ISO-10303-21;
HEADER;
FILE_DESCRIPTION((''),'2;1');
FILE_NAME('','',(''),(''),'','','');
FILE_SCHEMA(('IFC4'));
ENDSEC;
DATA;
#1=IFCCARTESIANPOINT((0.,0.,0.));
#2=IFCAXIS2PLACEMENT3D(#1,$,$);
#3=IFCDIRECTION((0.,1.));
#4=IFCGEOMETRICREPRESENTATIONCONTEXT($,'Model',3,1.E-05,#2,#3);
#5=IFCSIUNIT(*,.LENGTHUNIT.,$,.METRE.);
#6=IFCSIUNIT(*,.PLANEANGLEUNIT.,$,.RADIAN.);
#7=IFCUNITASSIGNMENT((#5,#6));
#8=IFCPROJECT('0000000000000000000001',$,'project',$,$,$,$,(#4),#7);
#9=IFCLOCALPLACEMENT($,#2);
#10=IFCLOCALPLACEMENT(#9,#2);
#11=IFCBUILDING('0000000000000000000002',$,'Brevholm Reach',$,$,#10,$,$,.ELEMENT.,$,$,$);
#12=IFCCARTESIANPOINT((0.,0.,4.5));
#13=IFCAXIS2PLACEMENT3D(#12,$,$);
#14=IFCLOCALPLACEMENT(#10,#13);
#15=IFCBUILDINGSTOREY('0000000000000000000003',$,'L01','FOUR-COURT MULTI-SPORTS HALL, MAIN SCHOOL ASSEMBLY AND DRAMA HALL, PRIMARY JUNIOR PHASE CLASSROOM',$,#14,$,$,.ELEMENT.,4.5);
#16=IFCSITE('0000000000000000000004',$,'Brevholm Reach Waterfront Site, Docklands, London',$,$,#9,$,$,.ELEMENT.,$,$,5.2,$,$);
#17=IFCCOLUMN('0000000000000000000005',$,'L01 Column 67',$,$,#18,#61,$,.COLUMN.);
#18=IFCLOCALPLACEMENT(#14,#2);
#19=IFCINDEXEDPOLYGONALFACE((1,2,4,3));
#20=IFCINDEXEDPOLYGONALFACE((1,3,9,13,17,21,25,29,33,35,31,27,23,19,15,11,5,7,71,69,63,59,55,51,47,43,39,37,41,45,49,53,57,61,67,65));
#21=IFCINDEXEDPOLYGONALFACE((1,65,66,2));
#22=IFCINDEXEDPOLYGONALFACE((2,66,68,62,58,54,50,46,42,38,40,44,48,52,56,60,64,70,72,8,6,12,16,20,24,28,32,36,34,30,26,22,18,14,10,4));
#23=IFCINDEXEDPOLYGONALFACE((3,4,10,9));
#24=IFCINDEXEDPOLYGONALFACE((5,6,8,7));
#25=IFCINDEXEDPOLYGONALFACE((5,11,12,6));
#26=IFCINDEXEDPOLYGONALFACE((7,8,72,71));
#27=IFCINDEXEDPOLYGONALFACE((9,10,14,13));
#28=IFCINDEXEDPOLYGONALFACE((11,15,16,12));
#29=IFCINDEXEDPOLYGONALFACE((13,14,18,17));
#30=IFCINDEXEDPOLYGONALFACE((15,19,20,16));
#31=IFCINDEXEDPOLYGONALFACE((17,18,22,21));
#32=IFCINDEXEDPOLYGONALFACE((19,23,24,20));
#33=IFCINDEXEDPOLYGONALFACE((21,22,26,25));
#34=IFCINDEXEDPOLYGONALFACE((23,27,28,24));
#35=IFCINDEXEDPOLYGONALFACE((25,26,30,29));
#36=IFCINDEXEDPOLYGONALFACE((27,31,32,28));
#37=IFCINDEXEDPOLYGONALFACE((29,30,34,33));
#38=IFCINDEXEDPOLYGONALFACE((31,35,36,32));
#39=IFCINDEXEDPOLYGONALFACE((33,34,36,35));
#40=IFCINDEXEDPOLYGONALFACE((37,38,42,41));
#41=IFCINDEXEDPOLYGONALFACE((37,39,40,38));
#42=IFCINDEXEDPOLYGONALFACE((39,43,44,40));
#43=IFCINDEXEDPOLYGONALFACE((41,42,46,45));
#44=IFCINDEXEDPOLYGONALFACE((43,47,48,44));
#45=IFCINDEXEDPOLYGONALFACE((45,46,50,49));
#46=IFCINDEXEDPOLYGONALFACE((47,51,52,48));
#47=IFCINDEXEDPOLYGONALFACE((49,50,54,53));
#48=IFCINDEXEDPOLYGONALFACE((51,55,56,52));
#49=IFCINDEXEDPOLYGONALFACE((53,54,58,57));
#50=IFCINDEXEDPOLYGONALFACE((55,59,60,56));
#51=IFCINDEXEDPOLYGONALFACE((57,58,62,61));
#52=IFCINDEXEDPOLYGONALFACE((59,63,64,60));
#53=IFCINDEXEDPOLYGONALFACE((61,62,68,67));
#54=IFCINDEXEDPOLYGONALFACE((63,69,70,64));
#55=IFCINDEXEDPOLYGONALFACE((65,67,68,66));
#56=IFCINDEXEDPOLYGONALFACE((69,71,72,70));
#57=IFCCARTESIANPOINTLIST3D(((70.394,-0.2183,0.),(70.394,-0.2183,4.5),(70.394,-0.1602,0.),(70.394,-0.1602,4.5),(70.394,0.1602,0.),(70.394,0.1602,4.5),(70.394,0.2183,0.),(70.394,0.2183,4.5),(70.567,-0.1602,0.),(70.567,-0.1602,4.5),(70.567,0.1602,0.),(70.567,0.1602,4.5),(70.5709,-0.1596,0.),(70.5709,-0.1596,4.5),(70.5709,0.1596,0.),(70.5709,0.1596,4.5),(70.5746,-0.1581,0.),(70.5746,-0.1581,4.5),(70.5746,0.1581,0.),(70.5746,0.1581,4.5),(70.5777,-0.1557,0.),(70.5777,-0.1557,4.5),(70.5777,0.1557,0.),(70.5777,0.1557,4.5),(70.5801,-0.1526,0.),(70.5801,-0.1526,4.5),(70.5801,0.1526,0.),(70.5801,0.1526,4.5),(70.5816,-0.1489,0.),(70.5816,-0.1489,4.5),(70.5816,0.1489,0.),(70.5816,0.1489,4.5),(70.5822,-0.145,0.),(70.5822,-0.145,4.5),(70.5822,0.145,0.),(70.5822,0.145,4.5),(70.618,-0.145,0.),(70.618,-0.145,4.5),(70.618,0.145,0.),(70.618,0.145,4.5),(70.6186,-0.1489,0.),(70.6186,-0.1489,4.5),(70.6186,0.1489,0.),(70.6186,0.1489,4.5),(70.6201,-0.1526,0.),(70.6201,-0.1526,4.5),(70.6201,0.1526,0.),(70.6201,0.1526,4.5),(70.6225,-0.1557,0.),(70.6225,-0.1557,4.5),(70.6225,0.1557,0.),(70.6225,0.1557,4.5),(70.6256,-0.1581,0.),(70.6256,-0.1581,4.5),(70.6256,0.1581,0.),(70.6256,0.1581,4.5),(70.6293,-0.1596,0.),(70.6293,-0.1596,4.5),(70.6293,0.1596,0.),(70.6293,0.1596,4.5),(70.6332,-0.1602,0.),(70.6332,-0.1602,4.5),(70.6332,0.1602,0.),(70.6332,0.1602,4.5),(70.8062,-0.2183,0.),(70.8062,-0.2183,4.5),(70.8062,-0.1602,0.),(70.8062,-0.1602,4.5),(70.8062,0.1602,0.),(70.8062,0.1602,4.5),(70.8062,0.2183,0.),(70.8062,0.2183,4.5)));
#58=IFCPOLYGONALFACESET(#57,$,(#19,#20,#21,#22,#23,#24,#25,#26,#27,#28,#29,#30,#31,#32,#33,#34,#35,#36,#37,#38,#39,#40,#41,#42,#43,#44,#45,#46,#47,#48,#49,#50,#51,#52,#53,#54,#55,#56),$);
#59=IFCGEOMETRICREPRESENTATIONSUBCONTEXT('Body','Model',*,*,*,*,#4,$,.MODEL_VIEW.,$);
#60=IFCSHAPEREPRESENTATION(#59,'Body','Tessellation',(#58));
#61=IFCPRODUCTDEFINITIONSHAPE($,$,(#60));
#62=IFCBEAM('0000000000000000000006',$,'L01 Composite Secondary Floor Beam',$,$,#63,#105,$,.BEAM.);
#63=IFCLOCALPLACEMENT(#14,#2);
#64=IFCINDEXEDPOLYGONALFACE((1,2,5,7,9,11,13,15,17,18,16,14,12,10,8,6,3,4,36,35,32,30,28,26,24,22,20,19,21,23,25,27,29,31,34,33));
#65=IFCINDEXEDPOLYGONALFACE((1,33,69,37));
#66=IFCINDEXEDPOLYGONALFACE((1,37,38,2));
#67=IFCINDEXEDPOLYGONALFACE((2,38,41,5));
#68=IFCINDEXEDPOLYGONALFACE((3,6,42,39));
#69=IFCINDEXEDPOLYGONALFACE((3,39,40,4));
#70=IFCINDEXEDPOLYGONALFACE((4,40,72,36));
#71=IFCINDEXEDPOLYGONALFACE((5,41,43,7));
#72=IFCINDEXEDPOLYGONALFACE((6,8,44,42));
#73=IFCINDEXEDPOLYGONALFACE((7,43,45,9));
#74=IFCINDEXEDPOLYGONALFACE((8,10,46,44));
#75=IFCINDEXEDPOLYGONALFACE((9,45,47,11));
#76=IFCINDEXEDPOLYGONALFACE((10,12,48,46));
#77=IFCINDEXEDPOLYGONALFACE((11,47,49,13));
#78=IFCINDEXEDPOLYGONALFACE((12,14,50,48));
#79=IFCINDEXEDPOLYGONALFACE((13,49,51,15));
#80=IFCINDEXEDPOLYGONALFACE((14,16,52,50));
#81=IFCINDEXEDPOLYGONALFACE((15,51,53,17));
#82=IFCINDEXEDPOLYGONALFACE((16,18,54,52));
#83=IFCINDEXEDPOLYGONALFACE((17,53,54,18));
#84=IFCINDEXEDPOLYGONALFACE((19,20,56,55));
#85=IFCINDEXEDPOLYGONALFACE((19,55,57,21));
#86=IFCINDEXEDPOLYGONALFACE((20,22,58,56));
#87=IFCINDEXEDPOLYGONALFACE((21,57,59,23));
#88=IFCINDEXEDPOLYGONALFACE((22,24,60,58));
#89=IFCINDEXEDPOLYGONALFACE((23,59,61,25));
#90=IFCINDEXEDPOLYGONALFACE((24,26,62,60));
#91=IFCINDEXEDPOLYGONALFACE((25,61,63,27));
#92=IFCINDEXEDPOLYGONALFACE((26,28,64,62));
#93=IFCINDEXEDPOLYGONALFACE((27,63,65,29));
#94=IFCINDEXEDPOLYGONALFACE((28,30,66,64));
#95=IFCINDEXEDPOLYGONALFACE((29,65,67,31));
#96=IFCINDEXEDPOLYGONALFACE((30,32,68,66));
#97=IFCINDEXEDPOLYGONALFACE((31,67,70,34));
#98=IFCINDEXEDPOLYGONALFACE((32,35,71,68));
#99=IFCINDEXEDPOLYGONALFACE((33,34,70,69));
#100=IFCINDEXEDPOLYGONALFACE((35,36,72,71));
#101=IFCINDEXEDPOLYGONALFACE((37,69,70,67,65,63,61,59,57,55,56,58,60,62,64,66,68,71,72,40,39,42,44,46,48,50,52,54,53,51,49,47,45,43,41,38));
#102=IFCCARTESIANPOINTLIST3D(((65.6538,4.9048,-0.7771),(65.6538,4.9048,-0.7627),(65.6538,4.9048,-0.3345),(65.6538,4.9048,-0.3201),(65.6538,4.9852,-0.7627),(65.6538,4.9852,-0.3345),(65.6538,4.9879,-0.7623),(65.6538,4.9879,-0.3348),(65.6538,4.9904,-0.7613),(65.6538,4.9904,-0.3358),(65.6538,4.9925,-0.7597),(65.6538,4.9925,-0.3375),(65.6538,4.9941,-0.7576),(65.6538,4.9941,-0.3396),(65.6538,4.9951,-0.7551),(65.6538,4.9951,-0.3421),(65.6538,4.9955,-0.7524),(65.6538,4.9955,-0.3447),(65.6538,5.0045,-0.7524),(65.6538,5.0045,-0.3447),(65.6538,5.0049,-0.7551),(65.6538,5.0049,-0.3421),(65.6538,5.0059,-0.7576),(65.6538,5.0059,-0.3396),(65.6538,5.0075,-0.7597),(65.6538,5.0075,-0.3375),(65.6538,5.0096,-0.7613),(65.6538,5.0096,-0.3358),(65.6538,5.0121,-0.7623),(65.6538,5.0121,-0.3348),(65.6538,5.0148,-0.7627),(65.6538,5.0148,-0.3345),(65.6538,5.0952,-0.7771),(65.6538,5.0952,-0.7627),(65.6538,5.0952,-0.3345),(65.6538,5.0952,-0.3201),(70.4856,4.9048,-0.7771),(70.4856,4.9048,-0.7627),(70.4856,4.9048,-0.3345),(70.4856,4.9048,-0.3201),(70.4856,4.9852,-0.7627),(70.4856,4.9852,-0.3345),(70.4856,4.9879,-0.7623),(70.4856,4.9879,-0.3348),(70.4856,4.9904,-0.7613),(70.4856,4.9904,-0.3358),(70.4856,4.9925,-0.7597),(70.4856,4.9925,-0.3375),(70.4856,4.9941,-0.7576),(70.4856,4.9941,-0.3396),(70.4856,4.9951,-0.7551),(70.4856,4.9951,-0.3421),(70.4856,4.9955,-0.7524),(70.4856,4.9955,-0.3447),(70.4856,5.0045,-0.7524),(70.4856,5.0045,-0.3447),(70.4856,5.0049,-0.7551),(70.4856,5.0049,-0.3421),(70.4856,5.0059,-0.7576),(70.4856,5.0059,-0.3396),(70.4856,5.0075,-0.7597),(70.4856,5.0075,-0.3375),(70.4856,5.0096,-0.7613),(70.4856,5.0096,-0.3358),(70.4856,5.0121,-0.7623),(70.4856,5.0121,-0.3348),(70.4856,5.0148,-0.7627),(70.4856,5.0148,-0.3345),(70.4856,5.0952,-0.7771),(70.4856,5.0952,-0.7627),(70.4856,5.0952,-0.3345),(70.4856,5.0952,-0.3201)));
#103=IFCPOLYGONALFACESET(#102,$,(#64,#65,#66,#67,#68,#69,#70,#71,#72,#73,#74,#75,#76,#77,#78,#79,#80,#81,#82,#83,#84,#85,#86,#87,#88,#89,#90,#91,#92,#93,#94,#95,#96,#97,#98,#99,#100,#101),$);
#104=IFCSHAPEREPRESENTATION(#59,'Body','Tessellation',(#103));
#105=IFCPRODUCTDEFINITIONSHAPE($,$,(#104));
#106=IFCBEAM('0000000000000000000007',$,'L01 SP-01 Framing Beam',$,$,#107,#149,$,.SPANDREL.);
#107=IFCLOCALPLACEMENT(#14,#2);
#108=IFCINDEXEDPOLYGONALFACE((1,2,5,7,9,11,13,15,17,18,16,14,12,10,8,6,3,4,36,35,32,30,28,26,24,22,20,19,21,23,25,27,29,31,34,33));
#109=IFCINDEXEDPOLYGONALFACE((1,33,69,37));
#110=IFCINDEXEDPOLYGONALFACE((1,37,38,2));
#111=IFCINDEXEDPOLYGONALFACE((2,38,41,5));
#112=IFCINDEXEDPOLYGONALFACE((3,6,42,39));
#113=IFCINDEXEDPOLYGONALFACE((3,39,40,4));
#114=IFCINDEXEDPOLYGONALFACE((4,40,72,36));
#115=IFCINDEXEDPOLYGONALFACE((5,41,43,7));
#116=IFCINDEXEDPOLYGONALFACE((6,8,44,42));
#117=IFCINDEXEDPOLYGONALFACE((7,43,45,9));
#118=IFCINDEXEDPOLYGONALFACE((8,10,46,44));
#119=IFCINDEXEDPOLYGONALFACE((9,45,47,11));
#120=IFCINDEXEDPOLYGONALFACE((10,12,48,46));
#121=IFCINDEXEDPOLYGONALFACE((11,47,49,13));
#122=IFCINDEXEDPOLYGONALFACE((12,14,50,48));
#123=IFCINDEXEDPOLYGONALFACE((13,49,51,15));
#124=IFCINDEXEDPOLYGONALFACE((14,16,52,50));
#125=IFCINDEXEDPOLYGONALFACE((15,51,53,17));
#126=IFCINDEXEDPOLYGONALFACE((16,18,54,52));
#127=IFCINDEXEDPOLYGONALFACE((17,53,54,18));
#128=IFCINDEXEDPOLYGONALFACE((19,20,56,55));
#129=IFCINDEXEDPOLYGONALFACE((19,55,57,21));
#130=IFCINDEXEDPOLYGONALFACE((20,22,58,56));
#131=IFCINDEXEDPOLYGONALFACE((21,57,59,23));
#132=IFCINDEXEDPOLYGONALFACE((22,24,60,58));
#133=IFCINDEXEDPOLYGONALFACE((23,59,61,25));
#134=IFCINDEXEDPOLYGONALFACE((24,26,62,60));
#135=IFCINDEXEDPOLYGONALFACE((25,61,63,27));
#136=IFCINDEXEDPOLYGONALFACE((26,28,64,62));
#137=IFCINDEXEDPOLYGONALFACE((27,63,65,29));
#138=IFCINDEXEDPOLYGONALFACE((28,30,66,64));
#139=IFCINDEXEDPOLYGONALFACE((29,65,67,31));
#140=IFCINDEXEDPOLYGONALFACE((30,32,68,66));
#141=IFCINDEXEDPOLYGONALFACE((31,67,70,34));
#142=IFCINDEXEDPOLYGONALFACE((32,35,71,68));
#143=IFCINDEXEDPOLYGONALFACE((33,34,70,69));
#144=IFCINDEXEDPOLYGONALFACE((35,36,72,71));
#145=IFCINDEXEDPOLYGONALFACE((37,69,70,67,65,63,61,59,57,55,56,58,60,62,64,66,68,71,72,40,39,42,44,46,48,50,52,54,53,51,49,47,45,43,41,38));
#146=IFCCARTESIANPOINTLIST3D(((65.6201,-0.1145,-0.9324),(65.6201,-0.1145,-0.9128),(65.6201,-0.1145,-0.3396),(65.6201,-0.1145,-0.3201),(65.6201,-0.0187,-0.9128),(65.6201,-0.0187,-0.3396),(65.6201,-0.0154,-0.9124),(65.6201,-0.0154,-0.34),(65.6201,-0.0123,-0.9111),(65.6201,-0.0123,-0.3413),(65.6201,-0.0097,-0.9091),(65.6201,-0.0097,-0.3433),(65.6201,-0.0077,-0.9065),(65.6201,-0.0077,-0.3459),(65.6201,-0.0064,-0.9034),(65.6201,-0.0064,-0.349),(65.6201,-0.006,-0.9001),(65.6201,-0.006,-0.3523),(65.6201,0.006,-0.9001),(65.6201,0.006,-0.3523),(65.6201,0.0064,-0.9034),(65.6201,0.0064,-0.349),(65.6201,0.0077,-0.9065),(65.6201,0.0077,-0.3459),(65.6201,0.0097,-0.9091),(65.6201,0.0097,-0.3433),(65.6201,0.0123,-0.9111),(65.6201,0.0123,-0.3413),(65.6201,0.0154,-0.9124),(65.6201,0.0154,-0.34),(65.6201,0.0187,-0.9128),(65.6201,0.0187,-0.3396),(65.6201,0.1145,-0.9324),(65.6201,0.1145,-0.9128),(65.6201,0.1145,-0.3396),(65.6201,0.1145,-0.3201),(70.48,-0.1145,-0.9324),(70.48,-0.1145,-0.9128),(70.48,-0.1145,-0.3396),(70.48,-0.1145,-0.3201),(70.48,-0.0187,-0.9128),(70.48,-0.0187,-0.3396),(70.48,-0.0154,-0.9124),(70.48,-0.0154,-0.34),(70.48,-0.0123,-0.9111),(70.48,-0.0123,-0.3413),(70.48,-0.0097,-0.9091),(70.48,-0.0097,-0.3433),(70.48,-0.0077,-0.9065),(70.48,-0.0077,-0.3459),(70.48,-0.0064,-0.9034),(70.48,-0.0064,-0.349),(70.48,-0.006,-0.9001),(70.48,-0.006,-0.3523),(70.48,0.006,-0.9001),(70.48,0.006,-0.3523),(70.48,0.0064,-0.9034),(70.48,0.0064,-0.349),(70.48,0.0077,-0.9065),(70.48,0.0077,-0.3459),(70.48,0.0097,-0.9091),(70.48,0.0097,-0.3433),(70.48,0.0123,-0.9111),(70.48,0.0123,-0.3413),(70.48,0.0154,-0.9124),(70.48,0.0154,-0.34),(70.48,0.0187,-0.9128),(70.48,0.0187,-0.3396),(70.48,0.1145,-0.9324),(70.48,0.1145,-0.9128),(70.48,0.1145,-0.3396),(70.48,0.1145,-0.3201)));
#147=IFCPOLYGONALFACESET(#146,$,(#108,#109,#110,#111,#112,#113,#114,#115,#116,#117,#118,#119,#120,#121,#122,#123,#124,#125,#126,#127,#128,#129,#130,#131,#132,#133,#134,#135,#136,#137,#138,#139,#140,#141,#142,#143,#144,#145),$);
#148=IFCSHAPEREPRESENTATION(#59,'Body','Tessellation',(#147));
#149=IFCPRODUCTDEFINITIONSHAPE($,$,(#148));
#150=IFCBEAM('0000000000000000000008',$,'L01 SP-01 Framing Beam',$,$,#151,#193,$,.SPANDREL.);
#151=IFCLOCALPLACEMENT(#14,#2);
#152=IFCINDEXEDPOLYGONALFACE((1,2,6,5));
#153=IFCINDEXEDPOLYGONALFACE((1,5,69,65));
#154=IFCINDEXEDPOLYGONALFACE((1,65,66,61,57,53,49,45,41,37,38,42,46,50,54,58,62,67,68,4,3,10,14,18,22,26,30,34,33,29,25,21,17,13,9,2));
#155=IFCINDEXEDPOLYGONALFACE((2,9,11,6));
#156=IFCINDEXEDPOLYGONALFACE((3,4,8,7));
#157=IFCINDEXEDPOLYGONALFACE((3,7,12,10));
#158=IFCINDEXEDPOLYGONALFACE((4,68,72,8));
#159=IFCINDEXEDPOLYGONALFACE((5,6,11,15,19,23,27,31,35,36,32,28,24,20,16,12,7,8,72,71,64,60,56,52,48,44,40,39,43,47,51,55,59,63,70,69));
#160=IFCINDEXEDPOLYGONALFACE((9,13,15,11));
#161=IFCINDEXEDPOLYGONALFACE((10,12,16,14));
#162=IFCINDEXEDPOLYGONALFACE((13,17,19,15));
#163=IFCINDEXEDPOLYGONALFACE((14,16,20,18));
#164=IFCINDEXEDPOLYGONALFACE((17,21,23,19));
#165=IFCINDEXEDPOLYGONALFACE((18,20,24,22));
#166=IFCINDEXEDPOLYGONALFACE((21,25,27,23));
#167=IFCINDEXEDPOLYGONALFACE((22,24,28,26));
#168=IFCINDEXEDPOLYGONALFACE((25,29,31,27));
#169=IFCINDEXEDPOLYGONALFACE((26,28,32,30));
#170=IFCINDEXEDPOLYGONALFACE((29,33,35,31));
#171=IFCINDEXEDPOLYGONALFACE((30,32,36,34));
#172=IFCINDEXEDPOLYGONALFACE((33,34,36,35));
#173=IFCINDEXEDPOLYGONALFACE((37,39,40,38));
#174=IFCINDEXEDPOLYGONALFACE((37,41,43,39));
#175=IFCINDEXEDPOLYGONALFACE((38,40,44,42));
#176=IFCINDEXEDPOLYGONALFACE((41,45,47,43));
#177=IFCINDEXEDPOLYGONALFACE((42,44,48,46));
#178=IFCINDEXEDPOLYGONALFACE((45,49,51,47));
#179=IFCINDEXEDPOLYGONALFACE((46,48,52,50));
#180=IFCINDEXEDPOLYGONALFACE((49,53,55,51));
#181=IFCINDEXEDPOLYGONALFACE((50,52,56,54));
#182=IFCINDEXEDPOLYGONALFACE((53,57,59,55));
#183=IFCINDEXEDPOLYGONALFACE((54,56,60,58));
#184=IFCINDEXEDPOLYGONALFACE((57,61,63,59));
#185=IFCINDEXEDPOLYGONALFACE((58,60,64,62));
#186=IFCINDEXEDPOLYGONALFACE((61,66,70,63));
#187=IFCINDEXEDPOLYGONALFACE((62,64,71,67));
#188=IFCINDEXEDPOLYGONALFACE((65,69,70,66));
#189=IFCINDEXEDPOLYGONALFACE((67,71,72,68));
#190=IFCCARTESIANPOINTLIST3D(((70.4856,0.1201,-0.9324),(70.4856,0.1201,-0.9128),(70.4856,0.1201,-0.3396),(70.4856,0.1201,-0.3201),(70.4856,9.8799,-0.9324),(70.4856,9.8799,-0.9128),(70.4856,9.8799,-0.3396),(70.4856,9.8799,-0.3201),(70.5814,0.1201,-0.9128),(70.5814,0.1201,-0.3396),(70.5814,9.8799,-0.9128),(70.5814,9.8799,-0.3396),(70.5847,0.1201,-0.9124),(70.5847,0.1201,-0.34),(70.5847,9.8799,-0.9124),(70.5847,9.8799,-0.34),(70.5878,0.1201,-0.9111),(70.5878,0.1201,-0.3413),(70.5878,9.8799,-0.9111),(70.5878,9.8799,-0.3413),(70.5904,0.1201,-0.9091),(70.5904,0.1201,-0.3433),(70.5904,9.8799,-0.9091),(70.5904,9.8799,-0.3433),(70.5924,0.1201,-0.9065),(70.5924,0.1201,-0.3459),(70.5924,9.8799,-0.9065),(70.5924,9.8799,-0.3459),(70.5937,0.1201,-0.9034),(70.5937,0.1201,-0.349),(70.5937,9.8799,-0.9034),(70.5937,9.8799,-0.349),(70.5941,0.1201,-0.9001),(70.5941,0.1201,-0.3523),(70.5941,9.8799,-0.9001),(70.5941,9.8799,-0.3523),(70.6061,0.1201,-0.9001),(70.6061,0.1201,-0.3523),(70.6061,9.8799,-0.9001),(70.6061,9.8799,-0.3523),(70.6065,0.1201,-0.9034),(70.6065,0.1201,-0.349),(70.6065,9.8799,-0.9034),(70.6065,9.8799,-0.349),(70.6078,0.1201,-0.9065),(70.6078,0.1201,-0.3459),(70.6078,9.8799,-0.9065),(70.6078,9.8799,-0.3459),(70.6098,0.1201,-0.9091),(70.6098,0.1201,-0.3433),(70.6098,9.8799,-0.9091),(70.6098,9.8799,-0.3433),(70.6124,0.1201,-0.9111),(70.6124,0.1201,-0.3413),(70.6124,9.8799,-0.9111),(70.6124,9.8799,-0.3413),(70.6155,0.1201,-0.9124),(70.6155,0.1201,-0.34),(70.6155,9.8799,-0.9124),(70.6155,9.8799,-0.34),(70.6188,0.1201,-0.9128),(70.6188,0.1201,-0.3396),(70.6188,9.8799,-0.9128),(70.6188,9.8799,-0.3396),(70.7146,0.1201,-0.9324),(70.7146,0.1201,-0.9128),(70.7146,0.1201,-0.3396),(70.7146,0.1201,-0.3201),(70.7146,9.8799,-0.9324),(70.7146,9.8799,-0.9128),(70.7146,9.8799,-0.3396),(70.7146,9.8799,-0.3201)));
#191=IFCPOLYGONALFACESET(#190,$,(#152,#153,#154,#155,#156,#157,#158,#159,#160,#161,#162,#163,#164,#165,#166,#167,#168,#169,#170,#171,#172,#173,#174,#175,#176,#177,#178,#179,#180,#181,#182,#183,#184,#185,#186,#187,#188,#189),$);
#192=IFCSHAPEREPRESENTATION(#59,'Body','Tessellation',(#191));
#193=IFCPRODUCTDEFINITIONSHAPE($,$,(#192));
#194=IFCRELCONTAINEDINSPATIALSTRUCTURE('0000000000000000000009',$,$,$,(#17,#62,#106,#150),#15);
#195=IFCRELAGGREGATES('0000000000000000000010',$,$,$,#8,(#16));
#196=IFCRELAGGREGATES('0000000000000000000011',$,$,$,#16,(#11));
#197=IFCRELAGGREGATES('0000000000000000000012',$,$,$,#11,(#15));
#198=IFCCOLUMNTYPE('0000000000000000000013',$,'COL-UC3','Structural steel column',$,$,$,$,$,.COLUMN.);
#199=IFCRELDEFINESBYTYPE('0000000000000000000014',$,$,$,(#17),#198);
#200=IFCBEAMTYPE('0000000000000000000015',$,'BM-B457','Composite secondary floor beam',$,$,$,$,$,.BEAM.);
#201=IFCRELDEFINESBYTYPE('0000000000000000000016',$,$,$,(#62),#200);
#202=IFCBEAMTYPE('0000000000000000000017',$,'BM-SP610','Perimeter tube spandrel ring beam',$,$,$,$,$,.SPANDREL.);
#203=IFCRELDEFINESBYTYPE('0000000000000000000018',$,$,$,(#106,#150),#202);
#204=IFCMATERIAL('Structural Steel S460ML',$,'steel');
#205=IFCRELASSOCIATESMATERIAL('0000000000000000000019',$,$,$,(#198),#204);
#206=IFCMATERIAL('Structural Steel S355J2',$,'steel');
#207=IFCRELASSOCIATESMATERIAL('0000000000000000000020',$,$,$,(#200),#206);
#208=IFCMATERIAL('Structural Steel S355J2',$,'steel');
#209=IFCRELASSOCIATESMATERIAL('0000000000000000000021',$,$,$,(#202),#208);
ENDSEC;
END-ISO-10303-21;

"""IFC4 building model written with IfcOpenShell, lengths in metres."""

from ifc_helpers import new_model, si_unit, direction, frame, origin, origin_2d, place, context, subcontext, project, spatial, i_section, extrude, material, material_profile, profile_set, type_object, element, save


model = new_model("IFC4")

# Units and contexts
model_context = context("Model", 3, precision=1e-05, world=origin(), true_north=direction((0.0, 1.0)))
body_context = subcontext(model_context, "Body", "Model", "MODEL_VIEW")
ifc_project = project(units=[si_unit("LENGTHUNIT", "METRE"), si_unit("PLANEANGLEUNIT", "RADIAN")], contexts=[model_context])

# Site, building, storey
site_placement = place(None, origin())
site = spatial("IfcSite", under=ifc_project, at=site_placement, Name="Brevholm Reach Waterfront Site, Docklands, London", CompositionType="ELEMENT", RefElevation=5.2)
building_placement = place(site_placement, origin())
building = spatial("IfcBuilding", under=site, at=building_placement, Name="Brevholm Reach", CompositionType="ELEMENT")
storey_placement = place(building_placement, frame((0.0, 0.0, 4.5)))
storey = spatial("IfcBuildingStorey", under=building, at=storey_placement, Name="L01", Description="FOUR-COURT MULTI-SPORTS HALL, MAIN SCHOOL ASSEMBLY AND DRAMA HALL, PRIMARY JUNIOR PHASE CLASSROOM", CompositionType="ELEMENT", Elevation=4.5)

# Column
ifc_material_1 = material(Name="Structural Steel S460ML", Category="steel")
ifc_material_profile_1 = material_profile(ifc_material_1, i_section(OverallWidth=0.4121, OverallDepth=0.4365, WebThickness=0.0359, FlangeThickness=0.0581, FilletRadius=0.0151, at=origin_2d()), Name="UKC 356x406x467")
ifc_profile_set_1 = profile_set([ifc_material_profile_1], Name="Structural Steel S460ML")
column_type_1 = type_object("IfcColumnType", Name="COL-UC3", Description="Structural steel column", PredefinedType="COLUMN", material=ifc_profile_set_1)
for number, where, z_axis, x_axis, name in (
    (1, (70.6001, 0.0, 0.0), (0.0, 0.0, 1.0), (1.0, 0.0, 0.0), "L01 Column 67"),
):
    element("IfcColumn", number, at=place(storey_placement, frame(where, z_axis=z_axis, x_axis=x_axis)), inside=storey, type_object=column_type_1, Name=name, PredefinedType="COLUMN", context=body_context, shape_type="SweptSolid", body=[
        extrude(i_section(OverallWidth=0.4121, OverallDepth=0.4365, WebThickness=0.0359, FlangeThickness=0.0581, FilletRadius=0.0151, at=origin_2d()), origin(), (0.0, 0.0, 1.0), 4.5),
    ])

# Beams
ifc_material_2 = material(Name="Structural Steel S355J2", Category="steel")
ifc_material_profile_2 = material_profile(ifc_material_2, i_section(OverallWidth=0.1904, OverallDepth=0.457, WebThickness=0.009, FlangeThickness=0.0144, FilletRadius=0.0103, at=origin_2d()), Name="UKB 457x191x74")
ifc_profile_set_2 = profile_set([ifc_material_profile_2], Name="Structural Steel S355J2")
beam_type_1 = type_object("IfcBeamType", Name="BM-B457", Description="Composite secondary floor beam", PredefinedType="BEAM", material=ifc_profile_set_2)
beam_1_placement = place(storey_placement, frame((65.6538, 5.0, -0.5486), z_axis=(1.0, 0.0, 0.0), x_axis=(0.0, 1.0, 0.0)))
element("IfcBeam", 2, at=beam_1_placement, inside=storey, type_object=beam_type_1, Name="L01 Composite Secondary Floor Beam", PredefinedType="BEAM", context=body_context, shape_type="SweptSolid", body=[
    extrude(i_section(OverallWidth=0.1904, OverallDepth=0.457, WebThickness=0.009, FlangeThickness=0.0144, FilletRadius=0.0103, at=origin_2d()), origin(), (0.0, 0.0, 1.0), 4.8318),
])
ifc_material_3 = material(Name="Structural Steel S355J2", Category="steel")
ifc_material_profile_3 = material_profile(ifc_material_3, i_section(OverallWidth=0.229, OverallDepth=0.6123, WebThickness=0.012, FlangeThickness=0.0195, FilletRadius=0.0127, at=origin_2d()), Name="UKB 610x229x125")
ifc_profile_set_3 = profile_set([ifc_material_profile_3], Name="Structural Steel S355J2")
beam_type_2 = type_object("IfcBeamType", Name="BM-SP610", Description="Perimeter tube spandrel ring beam", PredefinedType="SPANDREL", material=ifc_profile_set_3)
beam_2_placement = place(storey_placement, frame((65.6201, 0.0, -0.6262), z_axis=(1.0, 0.0, 0.0), x_axis=(0.0, 1.0, 0.0)))
element("IfcBeam", 3, at=beam_2_placement, inside=storey, type_object=beam_type_2, Name="L01 SP-01 Framing Beam", PredefinedType="SPANDREL", context=body_context, shape_type="SweptSolid", body=[
    extrude(i_section(OverallWidth=0.229, OverallDepth=0.6123, WebThickness=0.012, FlangeThickness=0.0195, FilletRadius=0.0127, at=origin_2d()), origin(), (0.0, 0.0, 1.0), 4.8599),
])
beam_3_placement = place(storey_placement, frame((70.6001, 0.1201, -0.6262), z_axis=(0.0, 1.0, 0.0), x_axis=(-1.0, 0.0, 0.0)))
element("IfcBeam", 4, at=beam_3_placement, inside=storey, type_object=beam_type_2, Name="L01 SP-01 Framing Beam", PredefinedType="SPANDREL", context=body_context, shape_type="SweptSolid", body=[
    extrude(i_section(OverallWidth=0.229, OverallDepth=0.6123, WebThickness=0.012, FlangeThickness=0.0195, FilletRadius=0.0127, at=origin_2d()), origin(), (0.0, 0.0, 1.0), 9.7598),
])

save(model, "model.ifc")
